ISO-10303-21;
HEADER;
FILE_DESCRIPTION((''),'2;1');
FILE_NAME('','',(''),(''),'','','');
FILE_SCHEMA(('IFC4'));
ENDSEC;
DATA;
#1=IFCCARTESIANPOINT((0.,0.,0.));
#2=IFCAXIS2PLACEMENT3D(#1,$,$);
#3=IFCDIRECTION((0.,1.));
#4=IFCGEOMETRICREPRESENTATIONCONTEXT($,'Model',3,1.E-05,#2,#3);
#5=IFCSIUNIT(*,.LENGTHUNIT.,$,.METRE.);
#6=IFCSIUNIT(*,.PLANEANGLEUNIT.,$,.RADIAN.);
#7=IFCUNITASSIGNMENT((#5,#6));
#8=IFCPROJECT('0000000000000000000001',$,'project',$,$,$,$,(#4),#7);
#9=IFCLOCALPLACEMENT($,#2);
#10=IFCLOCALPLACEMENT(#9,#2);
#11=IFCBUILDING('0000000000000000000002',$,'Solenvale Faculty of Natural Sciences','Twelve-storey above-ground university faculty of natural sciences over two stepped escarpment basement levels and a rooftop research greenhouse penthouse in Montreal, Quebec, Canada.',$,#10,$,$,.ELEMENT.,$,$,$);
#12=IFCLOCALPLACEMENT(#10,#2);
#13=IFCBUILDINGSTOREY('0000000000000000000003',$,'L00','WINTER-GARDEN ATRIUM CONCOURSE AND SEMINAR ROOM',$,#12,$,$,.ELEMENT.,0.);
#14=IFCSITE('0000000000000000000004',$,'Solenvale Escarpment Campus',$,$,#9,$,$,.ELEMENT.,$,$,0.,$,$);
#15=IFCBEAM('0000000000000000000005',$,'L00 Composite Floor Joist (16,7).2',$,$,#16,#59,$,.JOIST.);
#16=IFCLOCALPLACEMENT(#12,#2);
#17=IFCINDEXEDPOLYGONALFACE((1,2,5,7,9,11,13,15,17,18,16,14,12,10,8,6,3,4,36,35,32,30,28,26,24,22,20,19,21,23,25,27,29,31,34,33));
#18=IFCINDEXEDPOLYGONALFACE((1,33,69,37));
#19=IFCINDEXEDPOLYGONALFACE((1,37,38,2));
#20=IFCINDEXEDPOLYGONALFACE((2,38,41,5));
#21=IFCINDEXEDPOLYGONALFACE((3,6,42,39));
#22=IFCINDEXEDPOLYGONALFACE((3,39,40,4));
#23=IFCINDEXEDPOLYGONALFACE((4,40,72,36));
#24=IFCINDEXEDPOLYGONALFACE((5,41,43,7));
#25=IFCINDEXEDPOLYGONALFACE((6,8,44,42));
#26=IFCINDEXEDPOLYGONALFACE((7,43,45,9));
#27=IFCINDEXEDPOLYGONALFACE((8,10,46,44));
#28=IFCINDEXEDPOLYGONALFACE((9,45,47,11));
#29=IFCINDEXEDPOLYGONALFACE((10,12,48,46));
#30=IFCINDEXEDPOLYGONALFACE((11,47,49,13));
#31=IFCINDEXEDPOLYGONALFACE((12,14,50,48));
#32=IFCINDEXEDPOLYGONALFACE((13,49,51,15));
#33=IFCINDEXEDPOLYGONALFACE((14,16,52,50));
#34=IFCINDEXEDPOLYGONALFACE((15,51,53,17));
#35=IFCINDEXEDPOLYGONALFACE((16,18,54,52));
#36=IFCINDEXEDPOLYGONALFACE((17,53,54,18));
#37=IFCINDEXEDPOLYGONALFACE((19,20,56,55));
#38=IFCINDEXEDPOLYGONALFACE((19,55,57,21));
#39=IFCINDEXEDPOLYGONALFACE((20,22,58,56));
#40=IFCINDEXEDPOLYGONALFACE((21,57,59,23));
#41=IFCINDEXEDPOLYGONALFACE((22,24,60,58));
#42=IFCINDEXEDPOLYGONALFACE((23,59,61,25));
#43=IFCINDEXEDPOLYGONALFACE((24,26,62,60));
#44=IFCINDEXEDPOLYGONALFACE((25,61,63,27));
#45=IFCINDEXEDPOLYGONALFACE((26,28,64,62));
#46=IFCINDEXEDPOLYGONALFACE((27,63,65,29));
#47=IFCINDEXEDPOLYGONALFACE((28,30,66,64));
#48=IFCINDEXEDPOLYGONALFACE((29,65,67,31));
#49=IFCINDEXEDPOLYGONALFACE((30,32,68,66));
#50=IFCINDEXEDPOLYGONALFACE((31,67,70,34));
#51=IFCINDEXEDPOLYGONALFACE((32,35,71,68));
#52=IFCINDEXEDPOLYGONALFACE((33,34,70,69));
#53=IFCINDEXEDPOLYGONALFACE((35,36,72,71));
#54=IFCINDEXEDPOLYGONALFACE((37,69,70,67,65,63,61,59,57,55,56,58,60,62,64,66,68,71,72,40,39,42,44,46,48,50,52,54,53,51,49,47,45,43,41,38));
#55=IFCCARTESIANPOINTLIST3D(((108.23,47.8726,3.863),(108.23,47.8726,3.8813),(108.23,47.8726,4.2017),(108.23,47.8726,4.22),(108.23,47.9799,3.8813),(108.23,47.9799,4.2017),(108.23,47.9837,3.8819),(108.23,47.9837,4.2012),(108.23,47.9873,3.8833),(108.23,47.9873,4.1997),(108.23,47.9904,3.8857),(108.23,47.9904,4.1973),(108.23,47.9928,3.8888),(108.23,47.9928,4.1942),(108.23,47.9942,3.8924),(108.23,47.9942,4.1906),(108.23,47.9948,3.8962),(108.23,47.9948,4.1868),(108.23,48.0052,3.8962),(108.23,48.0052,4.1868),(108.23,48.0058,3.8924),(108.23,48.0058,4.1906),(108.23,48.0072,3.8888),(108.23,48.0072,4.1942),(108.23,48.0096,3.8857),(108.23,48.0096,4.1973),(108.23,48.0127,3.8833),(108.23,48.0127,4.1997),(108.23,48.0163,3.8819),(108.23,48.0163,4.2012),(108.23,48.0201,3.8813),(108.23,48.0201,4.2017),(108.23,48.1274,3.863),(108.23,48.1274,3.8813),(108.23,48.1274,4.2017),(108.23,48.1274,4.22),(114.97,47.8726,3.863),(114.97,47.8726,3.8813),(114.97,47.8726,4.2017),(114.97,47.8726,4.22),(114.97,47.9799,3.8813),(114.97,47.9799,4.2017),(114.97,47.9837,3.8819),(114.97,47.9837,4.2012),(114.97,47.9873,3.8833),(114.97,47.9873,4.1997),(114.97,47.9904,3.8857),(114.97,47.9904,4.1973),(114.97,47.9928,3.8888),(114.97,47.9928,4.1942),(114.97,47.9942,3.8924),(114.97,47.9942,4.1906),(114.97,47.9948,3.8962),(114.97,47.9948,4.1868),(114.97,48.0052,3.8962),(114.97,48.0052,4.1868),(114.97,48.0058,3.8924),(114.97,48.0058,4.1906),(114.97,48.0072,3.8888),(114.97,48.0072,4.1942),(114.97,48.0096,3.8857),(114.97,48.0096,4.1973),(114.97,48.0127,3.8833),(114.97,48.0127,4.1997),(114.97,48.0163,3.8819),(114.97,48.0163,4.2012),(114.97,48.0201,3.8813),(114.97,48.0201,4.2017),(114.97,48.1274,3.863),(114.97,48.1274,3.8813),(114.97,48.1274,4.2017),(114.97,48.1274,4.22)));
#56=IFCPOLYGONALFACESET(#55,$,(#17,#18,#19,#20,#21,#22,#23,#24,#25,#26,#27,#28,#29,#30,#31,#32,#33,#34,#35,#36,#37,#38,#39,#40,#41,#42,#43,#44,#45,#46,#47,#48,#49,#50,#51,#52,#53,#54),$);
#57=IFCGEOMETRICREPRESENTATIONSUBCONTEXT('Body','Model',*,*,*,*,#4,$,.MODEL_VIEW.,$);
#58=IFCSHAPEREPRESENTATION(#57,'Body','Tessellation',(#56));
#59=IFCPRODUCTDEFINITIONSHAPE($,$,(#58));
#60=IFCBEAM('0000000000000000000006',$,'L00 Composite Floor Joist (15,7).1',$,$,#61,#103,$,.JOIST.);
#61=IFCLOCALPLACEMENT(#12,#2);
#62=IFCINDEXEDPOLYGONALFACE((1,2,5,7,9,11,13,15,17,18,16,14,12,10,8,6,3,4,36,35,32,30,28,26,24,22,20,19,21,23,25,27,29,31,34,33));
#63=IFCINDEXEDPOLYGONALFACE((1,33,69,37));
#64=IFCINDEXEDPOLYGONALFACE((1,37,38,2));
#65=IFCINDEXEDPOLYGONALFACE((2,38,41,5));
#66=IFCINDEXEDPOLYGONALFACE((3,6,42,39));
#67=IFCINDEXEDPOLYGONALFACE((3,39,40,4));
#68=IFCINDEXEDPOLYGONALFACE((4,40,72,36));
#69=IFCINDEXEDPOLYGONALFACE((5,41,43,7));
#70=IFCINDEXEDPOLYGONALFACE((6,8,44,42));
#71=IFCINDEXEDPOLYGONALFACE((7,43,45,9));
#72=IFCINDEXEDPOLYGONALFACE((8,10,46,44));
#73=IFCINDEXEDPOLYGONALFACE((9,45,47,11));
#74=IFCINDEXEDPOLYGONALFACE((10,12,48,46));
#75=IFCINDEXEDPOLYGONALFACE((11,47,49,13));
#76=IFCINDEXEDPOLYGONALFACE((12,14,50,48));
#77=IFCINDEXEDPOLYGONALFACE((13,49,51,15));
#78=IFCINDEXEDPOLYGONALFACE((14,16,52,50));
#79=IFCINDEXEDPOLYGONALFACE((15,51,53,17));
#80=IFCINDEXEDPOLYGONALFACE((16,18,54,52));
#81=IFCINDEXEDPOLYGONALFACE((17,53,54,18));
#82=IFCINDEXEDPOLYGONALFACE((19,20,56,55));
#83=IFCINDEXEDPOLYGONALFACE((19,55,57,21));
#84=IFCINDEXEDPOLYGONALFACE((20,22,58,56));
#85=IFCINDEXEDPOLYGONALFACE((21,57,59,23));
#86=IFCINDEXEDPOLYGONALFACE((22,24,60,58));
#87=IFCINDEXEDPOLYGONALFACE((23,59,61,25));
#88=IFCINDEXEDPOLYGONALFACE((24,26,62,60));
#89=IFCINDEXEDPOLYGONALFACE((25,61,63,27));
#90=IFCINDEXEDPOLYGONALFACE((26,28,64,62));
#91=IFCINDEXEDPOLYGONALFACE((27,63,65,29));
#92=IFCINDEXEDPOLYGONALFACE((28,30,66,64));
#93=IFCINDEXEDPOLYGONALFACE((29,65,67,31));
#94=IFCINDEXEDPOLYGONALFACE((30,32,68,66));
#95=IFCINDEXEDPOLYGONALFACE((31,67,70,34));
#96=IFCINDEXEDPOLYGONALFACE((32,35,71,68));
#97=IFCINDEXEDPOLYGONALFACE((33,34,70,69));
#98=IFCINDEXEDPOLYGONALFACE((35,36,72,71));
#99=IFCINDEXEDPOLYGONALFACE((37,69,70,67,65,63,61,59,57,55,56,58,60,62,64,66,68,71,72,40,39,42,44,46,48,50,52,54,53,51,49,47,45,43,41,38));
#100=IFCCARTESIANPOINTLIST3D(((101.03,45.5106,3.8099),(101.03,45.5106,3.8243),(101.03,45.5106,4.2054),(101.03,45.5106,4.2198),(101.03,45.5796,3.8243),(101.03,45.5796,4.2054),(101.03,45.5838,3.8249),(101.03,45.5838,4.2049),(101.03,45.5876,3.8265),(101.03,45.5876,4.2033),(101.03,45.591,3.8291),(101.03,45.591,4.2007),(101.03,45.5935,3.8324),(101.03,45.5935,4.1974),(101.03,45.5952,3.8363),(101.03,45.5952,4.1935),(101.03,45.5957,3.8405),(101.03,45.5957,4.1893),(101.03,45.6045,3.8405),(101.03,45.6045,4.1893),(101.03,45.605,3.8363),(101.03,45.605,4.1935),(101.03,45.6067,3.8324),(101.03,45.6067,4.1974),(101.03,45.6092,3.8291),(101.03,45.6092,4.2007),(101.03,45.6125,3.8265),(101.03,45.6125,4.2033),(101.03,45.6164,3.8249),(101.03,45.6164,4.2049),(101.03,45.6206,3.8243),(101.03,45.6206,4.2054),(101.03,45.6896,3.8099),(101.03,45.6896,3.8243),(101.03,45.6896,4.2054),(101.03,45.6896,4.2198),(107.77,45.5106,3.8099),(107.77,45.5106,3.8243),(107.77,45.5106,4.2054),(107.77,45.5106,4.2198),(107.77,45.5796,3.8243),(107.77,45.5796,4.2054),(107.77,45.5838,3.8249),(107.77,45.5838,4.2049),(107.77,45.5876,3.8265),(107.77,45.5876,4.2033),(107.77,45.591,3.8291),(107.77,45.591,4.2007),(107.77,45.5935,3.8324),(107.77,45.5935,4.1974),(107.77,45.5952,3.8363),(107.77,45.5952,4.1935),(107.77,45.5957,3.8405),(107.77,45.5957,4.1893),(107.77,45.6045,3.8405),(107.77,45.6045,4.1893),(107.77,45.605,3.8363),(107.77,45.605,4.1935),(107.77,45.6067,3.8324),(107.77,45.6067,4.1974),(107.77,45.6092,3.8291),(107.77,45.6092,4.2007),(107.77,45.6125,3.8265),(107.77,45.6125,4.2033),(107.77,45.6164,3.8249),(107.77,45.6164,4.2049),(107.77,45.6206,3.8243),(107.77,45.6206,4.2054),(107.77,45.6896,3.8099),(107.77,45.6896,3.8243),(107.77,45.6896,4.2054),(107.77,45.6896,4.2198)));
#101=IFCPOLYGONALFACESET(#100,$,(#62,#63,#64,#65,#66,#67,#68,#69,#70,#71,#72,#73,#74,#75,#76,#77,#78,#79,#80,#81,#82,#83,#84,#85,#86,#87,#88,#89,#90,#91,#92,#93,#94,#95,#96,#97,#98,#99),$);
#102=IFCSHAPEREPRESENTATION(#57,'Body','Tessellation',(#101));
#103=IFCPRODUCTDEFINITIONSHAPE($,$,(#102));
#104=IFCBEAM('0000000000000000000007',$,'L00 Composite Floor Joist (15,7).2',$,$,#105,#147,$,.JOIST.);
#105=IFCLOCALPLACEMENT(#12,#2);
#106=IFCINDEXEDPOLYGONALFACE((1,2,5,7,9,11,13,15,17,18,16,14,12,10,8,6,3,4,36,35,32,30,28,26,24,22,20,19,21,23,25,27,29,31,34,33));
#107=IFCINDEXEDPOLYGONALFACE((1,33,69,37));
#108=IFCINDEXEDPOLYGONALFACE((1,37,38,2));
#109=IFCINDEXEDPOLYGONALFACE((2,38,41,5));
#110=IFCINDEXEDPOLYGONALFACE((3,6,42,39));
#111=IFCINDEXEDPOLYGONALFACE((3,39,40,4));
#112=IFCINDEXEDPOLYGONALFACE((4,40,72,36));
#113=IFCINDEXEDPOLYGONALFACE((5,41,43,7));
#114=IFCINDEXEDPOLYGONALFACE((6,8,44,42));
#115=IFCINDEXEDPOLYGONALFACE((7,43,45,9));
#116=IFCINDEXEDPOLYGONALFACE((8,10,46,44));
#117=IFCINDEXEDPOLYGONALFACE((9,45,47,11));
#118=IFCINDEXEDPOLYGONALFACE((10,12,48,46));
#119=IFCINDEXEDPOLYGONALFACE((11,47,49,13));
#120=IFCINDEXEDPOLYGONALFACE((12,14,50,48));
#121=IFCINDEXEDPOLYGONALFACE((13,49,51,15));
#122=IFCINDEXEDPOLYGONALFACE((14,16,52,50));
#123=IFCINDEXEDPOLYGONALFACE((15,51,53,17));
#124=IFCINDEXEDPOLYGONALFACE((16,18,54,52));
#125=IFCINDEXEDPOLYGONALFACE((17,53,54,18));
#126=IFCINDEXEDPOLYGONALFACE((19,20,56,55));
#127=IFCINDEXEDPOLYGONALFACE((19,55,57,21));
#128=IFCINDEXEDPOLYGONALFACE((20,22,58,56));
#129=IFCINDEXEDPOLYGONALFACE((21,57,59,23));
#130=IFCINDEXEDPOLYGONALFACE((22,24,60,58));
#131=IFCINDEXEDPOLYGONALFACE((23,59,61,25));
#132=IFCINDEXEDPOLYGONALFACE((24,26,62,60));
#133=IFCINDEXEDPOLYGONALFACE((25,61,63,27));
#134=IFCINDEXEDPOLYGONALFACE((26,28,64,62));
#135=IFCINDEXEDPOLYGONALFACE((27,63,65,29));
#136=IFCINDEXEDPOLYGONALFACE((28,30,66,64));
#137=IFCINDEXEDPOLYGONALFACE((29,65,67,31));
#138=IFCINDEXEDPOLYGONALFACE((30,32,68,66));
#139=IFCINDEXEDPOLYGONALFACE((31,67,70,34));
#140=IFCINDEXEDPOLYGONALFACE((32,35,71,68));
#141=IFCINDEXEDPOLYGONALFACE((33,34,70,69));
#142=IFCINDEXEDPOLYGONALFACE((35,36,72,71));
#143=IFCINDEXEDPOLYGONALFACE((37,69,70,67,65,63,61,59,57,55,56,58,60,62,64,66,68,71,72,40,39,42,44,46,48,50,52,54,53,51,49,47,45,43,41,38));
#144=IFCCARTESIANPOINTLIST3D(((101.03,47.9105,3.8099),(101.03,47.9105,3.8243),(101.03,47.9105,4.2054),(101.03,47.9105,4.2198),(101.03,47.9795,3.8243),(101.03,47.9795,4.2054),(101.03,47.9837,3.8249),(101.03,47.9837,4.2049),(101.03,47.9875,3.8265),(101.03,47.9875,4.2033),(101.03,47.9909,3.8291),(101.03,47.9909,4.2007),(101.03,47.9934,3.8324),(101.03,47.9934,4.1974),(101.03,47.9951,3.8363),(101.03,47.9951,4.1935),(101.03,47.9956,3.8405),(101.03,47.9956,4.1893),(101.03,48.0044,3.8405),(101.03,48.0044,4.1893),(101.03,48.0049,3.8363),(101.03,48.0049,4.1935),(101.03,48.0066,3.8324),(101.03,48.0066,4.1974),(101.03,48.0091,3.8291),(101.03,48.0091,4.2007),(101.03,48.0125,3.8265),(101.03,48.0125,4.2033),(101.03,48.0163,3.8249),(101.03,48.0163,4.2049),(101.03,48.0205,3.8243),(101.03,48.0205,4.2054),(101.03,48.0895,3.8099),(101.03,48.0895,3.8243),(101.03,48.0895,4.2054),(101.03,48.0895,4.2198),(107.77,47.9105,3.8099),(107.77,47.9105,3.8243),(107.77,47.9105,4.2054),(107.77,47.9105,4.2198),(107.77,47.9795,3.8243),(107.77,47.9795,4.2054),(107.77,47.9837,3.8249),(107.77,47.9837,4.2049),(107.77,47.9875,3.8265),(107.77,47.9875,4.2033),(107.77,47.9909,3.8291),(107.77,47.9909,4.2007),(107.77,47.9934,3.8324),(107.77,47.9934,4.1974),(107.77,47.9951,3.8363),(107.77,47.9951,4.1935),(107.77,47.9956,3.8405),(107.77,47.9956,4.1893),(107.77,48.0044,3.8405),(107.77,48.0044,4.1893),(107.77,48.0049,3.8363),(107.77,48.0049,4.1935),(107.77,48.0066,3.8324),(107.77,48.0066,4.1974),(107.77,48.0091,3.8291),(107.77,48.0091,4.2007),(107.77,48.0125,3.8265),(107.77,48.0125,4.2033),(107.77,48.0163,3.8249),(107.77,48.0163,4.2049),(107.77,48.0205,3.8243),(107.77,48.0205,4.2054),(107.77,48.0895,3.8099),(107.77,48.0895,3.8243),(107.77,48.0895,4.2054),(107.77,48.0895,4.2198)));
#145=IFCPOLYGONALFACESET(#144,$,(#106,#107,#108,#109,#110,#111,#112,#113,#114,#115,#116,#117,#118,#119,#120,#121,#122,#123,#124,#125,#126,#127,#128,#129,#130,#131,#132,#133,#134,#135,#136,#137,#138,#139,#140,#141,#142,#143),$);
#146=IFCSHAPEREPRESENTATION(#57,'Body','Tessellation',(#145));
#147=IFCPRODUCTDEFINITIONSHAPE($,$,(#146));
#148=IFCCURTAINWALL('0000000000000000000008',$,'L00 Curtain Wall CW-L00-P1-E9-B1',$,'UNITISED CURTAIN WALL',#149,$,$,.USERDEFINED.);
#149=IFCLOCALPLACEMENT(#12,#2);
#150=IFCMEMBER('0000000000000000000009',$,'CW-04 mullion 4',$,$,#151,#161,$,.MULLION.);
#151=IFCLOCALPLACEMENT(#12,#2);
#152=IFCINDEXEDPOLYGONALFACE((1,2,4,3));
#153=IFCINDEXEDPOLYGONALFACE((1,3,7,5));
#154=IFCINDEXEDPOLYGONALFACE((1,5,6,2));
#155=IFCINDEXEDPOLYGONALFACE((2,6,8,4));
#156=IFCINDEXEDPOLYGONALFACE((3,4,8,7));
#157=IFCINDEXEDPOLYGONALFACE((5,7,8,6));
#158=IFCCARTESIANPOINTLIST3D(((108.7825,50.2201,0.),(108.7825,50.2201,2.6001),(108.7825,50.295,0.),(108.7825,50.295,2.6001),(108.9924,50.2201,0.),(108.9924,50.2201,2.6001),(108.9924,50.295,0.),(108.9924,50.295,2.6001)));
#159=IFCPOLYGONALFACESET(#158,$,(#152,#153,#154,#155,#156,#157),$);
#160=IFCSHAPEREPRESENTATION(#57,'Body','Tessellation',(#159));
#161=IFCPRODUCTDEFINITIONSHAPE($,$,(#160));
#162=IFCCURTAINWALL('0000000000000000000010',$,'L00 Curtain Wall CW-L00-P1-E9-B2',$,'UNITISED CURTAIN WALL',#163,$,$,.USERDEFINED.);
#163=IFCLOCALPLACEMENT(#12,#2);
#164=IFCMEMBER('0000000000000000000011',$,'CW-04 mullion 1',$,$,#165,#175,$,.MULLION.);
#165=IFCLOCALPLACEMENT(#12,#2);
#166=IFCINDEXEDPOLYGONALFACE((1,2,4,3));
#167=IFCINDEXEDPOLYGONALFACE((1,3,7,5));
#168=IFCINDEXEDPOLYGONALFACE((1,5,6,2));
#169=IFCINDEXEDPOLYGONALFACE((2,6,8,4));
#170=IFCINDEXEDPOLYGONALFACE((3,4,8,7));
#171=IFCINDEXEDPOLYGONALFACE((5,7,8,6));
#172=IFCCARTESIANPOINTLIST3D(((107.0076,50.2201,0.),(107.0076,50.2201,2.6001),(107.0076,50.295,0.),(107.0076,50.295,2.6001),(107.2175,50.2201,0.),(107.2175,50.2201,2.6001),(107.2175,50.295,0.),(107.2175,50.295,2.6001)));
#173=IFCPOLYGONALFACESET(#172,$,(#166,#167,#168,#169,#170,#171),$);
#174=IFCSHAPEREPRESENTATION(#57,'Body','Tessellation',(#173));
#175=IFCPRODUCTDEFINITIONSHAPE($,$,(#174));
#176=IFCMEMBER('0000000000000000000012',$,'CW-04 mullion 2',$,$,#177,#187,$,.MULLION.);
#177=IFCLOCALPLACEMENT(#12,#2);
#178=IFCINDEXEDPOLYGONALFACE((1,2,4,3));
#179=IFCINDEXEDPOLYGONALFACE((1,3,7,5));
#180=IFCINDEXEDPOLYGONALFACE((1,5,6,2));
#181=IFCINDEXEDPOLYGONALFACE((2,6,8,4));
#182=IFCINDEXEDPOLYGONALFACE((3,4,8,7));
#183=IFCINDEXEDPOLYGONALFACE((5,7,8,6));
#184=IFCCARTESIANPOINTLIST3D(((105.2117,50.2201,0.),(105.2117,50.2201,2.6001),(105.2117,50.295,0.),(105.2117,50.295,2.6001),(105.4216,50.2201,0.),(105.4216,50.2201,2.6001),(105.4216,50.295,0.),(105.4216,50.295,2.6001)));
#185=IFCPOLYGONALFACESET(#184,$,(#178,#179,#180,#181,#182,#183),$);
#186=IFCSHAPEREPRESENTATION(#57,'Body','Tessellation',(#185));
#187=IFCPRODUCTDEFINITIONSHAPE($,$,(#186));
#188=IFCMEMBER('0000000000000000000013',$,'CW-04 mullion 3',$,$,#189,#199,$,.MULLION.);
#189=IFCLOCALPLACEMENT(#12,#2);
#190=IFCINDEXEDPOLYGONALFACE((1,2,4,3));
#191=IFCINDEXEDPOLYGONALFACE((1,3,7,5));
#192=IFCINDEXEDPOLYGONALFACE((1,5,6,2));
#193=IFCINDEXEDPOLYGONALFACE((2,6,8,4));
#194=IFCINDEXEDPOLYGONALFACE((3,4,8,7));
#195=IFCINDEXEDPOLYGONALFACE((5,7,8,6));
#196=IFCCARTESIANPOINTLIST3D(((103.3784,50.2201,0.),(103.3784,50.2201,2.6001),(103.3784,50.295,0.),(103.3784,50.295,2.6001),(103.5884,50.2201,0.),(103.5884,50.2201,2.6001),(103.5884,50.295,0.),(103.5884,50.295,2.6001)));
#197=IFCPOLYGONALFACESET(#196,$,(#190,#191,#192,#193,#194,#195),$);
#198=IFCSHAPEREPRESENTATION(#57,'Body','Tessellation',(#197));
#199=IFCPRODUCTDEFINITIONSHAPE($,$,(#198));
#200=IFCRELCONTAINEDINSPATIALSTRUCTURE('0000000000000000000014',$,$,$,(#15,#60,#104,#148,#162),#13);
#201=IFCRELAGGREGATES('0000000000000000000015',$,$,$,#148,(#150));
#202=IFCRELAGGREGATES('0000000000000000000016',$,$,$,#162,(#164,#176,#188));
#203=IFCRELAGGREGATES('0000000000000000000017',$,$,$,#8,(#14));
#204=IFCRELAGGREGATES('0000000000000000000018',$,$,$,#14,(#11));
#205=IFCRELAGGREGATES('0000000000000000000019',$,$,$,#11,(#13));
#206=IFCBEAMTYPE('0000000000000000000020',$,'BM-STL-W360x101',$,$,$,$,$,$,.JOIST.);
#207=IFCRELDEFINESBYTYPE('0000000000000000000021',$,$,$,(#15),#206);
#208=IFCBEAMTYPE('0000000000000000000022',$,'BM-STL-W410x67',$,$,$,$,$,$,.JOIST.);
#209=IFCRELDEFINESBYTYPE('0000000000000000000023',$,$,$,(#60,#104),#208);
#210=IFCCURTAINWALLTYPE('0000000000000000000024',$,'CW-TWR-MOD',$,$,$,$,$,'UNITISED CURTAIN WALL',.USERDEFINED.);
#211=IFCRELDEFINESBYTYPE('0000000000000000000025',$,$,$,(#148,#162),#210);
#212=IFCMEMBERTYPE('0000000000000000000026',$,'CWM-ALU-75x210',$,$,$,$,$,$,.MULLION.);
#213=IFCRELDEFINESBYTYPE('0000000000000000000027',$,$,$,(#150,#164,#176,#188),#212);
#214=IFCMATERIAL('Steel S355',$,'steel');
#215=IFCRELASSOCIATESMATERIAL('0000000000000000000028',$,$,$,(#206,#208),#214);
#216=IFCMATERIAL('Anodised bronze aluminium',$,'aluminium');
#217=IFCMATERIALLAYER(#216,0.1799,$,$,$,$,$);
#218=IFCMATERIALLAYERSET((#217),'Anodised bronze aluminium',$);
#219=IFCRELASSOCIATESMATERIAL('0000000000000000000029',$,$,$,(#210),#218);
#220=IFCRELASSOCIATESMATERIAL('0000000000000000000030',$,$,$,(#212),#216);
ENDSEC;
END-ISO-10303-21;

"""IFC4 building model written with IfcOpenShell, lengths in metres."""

from ifc_helpers import new_model, si_unit, direction, frame, origin, origin_2d, place, context, subcontext, project, spatial, rectangle, i_section, extrude, material, layer, layer_set, material_profile, profile_set, type_object, element, aggregate, save


model = new_model("IFC4")

# Units and contexts
model_context = context("Model", 3, precision=1e-05, world=origin(), true_north=direction((0.0, 1.0)))
body_context = subcontext(model_context, "Body", "Model", "MODEL_VIEW")
ifc_project = project(units=[si_unit("LENGTHUNIT", "METRE"), si_unit("PLANEANGLEUNIT", "RADIAN")], contexts=[model_context])

# Site, building, storey
site_placement = place(None, origin())
site = spatial("IfcSite", under=ifc_project, at=site_placement, Name="Solenvale Escarpment Campus", CompositionType="ELEMENT", RefElevation=0.0)
building_placement = place(site_placement, origin())
building = spatial("IfcBuilding", under=site, at=building_placement, Name="Solenvale Faculty of Natural Sciences", Description="Twelve-storey above-ground university faculty of natural sciences over two stepped escarpment basement levels and a rooftop research greenhouse penthouse in Montreal, Quebec, Canada.", CompositionType="ELEMENT")
storey_placement = place(building_placement, origin())
storey = spatial("IfcBuildingStorey", under=building, at=storey_placement, Name="L00", Description="WINTER-GARDEN ATRIUM CONCOURSE AND SEMINAR ROOM", CompositionType="ELEMENT", Elevation=0.0)

# Beams
ifc_material_1 = material(Name="Steel S355", Category="steel")
ifc_material_profile_1 = material_profile(ifc_material_1, i_section(OverallWidth=0.2549, OverallDepth=0.3569, WebThickness=0.0105, FlangeThickness=0.0183, FilletRadius=0.0149, at=origin_2d()), Name="W360x101")
ifc_profile_set_1 = profile_set([ifc_material_profile_1], Name="Steel S355")
beam_type_1 = type_object("IfcBeamType", Name="BM-STL-W360x101", PredefinedType="JOIST", material=ifc_profile_set_1)
for number, where, z_axis, x_axis, name in (
    (1, (108.23, 48.0, 4.0415), (1.0, 0.0, 0.0), (0.0, 1.0, 0.0), "L00 Composite Floor Joist (16,7).2"),
):
    element("IfcBeam", number, at=place(storey_placement, frame(where, z_axis=z_axis, x_axis=x_axis)), inside=storey, type_object=beam_type_1, Name=name, PredefinedType="JOIST", context=body_context, shape_type="SweptSolid", body=[
        extrude(i_section(OverallWidth=0.2549, OverallDepth=0.3569, WebThickness=0.0105, FlangeThickness=0.0183, FilletRadius=0.0149, at=origin_2d()), origin(), (0.0, 0.0, 1.0), 6.74),
    ])
ifc_material_profile_2 = material_profile(ifc_material_1, i_section(OverallWidth=0.179, OverallDepth=0.4099, WebThickness=0.0088, FlangeThickness=0.0144, FilletRadius=0.0161, at=origin_2d()), Name="W410x67")
ifc_profile_set_2 = profile_set([ifc_material_profile_2], Name="Steel S355")
beam_type_2 = type_object("IfcBeamType", Name="BM-STL-W410x67", PredefinedType="JOIST", material=ifc_profile_set_2)
for number, where, z_axis, x_axis, name in (
    (2, (101.03, 45.6001, 4.0149), (1.0, 0.0, 0.0), (0.0, 1.0, 0.0), "L00 Composite Floor Joist (15,7).1"),
    (3, (101.03, 48.0, 4.0149), (1.0, 0.0, 0.0), (0.0, 1.0, 0.0), "L00 Composite Floor Joist (15,7).2"),
):
    element("IfcBeam", number, at=place(storey_placement, frame(where, z_axis=z_axis, x_axis=x_axis)), inside=storey, type_object=beam_type_2, Name=name, PredefinedType="JOIST", context=body_context, shape_type="SweptSolid", body=[
        extrude(i_section(OverallWidth=0.179, OverallDepth=0.4099, WebThickness=0.0088, FlangeThickness=0.0144, FilletRadius=0.0161, at=origin_2d()), origin(), (0.0, 0.0, 1.0), 6.74),
    ])

# Curtain wall, member
ifc_material_2 = material(Name="Anodised bronze aluminium", Category="aluminium")
ifc_layer_1 = layer(ifc_material_2, 0.1799)
ifc_layer_set_1 = layer_set([ifc_layer_1], Name="Anodised bronze aluminium")
curtain_wall_type = type_object("IfcCurtainWallType", Name="CW-TWR-MOD", ElementType="UNITISED CURTAIN WALL", PredefinedType="USERDEFINED", material=ifc_layer_set_1)
curtain_wall_1_placement = place(storey_placement, origin())
curtain_wall_1 = element("IfcCurtainWall", 4, at=curtain_wall_1_placement, inside=storey, type_object=curtain_wall_type, Name="L00 Curtain Wall CW-L00-P1-E9-B1", ObjectType="UNITISED CURTAIN WALL", PredefinedType="USERDEFINED")
ifc_material_profile_3 = material_profile(ifc_material_2, rectangle(XDim=0.075, YDim=0.21, at=origin_2d()), Name="ALU-MUL-75x210")
ifc_profile_set_3 = profile_set([ifc_material_profile_3], Name="Anodised bronze aluminium")
member_type_1 = type_object("IfcMemberType", Name="CWM-ALU-75x210", PredefinedType="MULLION", material=ifc_profile_set_3)
member_1_placement = place(storey_placement, frame((108.8875, 50.2576, 0.0), z_axis=(0.0, 0.0, 1.0), x_axis=(0.0, -1.0, 0.0)))
member_1 = element("IfcMember", 5, at=member_1_placement, type_object=member_type_1, Name="CW-04 mullion 4", PredefinedType="MULLION", context=body_context, shape_type="SweptSolid", body=[
    extrude(rectangle(XDim=0.075, YDim=0.21, at=origin_2d()), origin(), (0.0, 0.0, 1.0), 2.6001),
])

# Curtain wall, members
curtain_wall_2_placement = place(storey_placement, origin())
curtain_wall_2 = element("IfcCurtainWall", 6, at=curtain_wall_2_placement, inside=storey, type_object=curtain_wall_type, Name="L00 Curtain Wall CW-L00-P1-E9-B2", ObjectType="UNITISED CURTAIN WALL", PredefinedType="USERDEFINED")
member_2_placement = place(storey_placement, frame((107.1125, 50.2576, 0.0), z_axis=(0.0, 0.0, 1.0), x_axis=(0.0, -1.0, 0.0)))
member_2 = element("IfcMember", 7, at=member_2_placement, type_object=member_type_1, Name="CW-04 mullion 1", PredefinedType="MULLION", context=body_context, shape_type="SweptSolid", body=[
    extrude(rectangle(XDim=0.075, YDim=0.21, at=origin_2d()), origin(), (0.0, 0.0, 1.0), 2.6001),
])
member_3_placement = place(storey_placement, frame((105.3167, 50.2576, 0.0), z_axis=(0.0, 0.0, 1.0), x_axis=(0.0, -1.0, 0.0)))
member_3 = element("IfcMember", 8, at=member_3_placement, type_object=member_type_1, Name="CW-04 mullion 2", PredefinedType="MULLION", context=body_context, shape_type="SweptSolid", body=[
    extrude(rectangle(XDim=0.075, YDim=0.21, at=origin_2d()), origin(), (0.0, 0.0, 1.0), 2.6001),
])
member_4_placement = place(storey_placement, frame((103.4834, 50.2576, 0.0), z_axis=(0.0, 0.0, 1.0), x_axis=(0.0, -1.0, 0.0)))
member_4 = element("IfcMember", 9, at=member_4_placement, type_object=member_type_1, Name="CW-04 mullion 3", PredefinedType="MULLION", context=body_context, shape_type="SweptSolid", body=[
    extrude(rectangle(XDim=0.075, YDim=0.21, at=origin_2d()), origin(), (0.0, 0.0, 1.0), 2.6001),
])

aggregate(curtain_wall_1, [member_1])
aggregate(curtain_wall_2, [member_2, member_3, member_4])

save(model, "model.ifc")
